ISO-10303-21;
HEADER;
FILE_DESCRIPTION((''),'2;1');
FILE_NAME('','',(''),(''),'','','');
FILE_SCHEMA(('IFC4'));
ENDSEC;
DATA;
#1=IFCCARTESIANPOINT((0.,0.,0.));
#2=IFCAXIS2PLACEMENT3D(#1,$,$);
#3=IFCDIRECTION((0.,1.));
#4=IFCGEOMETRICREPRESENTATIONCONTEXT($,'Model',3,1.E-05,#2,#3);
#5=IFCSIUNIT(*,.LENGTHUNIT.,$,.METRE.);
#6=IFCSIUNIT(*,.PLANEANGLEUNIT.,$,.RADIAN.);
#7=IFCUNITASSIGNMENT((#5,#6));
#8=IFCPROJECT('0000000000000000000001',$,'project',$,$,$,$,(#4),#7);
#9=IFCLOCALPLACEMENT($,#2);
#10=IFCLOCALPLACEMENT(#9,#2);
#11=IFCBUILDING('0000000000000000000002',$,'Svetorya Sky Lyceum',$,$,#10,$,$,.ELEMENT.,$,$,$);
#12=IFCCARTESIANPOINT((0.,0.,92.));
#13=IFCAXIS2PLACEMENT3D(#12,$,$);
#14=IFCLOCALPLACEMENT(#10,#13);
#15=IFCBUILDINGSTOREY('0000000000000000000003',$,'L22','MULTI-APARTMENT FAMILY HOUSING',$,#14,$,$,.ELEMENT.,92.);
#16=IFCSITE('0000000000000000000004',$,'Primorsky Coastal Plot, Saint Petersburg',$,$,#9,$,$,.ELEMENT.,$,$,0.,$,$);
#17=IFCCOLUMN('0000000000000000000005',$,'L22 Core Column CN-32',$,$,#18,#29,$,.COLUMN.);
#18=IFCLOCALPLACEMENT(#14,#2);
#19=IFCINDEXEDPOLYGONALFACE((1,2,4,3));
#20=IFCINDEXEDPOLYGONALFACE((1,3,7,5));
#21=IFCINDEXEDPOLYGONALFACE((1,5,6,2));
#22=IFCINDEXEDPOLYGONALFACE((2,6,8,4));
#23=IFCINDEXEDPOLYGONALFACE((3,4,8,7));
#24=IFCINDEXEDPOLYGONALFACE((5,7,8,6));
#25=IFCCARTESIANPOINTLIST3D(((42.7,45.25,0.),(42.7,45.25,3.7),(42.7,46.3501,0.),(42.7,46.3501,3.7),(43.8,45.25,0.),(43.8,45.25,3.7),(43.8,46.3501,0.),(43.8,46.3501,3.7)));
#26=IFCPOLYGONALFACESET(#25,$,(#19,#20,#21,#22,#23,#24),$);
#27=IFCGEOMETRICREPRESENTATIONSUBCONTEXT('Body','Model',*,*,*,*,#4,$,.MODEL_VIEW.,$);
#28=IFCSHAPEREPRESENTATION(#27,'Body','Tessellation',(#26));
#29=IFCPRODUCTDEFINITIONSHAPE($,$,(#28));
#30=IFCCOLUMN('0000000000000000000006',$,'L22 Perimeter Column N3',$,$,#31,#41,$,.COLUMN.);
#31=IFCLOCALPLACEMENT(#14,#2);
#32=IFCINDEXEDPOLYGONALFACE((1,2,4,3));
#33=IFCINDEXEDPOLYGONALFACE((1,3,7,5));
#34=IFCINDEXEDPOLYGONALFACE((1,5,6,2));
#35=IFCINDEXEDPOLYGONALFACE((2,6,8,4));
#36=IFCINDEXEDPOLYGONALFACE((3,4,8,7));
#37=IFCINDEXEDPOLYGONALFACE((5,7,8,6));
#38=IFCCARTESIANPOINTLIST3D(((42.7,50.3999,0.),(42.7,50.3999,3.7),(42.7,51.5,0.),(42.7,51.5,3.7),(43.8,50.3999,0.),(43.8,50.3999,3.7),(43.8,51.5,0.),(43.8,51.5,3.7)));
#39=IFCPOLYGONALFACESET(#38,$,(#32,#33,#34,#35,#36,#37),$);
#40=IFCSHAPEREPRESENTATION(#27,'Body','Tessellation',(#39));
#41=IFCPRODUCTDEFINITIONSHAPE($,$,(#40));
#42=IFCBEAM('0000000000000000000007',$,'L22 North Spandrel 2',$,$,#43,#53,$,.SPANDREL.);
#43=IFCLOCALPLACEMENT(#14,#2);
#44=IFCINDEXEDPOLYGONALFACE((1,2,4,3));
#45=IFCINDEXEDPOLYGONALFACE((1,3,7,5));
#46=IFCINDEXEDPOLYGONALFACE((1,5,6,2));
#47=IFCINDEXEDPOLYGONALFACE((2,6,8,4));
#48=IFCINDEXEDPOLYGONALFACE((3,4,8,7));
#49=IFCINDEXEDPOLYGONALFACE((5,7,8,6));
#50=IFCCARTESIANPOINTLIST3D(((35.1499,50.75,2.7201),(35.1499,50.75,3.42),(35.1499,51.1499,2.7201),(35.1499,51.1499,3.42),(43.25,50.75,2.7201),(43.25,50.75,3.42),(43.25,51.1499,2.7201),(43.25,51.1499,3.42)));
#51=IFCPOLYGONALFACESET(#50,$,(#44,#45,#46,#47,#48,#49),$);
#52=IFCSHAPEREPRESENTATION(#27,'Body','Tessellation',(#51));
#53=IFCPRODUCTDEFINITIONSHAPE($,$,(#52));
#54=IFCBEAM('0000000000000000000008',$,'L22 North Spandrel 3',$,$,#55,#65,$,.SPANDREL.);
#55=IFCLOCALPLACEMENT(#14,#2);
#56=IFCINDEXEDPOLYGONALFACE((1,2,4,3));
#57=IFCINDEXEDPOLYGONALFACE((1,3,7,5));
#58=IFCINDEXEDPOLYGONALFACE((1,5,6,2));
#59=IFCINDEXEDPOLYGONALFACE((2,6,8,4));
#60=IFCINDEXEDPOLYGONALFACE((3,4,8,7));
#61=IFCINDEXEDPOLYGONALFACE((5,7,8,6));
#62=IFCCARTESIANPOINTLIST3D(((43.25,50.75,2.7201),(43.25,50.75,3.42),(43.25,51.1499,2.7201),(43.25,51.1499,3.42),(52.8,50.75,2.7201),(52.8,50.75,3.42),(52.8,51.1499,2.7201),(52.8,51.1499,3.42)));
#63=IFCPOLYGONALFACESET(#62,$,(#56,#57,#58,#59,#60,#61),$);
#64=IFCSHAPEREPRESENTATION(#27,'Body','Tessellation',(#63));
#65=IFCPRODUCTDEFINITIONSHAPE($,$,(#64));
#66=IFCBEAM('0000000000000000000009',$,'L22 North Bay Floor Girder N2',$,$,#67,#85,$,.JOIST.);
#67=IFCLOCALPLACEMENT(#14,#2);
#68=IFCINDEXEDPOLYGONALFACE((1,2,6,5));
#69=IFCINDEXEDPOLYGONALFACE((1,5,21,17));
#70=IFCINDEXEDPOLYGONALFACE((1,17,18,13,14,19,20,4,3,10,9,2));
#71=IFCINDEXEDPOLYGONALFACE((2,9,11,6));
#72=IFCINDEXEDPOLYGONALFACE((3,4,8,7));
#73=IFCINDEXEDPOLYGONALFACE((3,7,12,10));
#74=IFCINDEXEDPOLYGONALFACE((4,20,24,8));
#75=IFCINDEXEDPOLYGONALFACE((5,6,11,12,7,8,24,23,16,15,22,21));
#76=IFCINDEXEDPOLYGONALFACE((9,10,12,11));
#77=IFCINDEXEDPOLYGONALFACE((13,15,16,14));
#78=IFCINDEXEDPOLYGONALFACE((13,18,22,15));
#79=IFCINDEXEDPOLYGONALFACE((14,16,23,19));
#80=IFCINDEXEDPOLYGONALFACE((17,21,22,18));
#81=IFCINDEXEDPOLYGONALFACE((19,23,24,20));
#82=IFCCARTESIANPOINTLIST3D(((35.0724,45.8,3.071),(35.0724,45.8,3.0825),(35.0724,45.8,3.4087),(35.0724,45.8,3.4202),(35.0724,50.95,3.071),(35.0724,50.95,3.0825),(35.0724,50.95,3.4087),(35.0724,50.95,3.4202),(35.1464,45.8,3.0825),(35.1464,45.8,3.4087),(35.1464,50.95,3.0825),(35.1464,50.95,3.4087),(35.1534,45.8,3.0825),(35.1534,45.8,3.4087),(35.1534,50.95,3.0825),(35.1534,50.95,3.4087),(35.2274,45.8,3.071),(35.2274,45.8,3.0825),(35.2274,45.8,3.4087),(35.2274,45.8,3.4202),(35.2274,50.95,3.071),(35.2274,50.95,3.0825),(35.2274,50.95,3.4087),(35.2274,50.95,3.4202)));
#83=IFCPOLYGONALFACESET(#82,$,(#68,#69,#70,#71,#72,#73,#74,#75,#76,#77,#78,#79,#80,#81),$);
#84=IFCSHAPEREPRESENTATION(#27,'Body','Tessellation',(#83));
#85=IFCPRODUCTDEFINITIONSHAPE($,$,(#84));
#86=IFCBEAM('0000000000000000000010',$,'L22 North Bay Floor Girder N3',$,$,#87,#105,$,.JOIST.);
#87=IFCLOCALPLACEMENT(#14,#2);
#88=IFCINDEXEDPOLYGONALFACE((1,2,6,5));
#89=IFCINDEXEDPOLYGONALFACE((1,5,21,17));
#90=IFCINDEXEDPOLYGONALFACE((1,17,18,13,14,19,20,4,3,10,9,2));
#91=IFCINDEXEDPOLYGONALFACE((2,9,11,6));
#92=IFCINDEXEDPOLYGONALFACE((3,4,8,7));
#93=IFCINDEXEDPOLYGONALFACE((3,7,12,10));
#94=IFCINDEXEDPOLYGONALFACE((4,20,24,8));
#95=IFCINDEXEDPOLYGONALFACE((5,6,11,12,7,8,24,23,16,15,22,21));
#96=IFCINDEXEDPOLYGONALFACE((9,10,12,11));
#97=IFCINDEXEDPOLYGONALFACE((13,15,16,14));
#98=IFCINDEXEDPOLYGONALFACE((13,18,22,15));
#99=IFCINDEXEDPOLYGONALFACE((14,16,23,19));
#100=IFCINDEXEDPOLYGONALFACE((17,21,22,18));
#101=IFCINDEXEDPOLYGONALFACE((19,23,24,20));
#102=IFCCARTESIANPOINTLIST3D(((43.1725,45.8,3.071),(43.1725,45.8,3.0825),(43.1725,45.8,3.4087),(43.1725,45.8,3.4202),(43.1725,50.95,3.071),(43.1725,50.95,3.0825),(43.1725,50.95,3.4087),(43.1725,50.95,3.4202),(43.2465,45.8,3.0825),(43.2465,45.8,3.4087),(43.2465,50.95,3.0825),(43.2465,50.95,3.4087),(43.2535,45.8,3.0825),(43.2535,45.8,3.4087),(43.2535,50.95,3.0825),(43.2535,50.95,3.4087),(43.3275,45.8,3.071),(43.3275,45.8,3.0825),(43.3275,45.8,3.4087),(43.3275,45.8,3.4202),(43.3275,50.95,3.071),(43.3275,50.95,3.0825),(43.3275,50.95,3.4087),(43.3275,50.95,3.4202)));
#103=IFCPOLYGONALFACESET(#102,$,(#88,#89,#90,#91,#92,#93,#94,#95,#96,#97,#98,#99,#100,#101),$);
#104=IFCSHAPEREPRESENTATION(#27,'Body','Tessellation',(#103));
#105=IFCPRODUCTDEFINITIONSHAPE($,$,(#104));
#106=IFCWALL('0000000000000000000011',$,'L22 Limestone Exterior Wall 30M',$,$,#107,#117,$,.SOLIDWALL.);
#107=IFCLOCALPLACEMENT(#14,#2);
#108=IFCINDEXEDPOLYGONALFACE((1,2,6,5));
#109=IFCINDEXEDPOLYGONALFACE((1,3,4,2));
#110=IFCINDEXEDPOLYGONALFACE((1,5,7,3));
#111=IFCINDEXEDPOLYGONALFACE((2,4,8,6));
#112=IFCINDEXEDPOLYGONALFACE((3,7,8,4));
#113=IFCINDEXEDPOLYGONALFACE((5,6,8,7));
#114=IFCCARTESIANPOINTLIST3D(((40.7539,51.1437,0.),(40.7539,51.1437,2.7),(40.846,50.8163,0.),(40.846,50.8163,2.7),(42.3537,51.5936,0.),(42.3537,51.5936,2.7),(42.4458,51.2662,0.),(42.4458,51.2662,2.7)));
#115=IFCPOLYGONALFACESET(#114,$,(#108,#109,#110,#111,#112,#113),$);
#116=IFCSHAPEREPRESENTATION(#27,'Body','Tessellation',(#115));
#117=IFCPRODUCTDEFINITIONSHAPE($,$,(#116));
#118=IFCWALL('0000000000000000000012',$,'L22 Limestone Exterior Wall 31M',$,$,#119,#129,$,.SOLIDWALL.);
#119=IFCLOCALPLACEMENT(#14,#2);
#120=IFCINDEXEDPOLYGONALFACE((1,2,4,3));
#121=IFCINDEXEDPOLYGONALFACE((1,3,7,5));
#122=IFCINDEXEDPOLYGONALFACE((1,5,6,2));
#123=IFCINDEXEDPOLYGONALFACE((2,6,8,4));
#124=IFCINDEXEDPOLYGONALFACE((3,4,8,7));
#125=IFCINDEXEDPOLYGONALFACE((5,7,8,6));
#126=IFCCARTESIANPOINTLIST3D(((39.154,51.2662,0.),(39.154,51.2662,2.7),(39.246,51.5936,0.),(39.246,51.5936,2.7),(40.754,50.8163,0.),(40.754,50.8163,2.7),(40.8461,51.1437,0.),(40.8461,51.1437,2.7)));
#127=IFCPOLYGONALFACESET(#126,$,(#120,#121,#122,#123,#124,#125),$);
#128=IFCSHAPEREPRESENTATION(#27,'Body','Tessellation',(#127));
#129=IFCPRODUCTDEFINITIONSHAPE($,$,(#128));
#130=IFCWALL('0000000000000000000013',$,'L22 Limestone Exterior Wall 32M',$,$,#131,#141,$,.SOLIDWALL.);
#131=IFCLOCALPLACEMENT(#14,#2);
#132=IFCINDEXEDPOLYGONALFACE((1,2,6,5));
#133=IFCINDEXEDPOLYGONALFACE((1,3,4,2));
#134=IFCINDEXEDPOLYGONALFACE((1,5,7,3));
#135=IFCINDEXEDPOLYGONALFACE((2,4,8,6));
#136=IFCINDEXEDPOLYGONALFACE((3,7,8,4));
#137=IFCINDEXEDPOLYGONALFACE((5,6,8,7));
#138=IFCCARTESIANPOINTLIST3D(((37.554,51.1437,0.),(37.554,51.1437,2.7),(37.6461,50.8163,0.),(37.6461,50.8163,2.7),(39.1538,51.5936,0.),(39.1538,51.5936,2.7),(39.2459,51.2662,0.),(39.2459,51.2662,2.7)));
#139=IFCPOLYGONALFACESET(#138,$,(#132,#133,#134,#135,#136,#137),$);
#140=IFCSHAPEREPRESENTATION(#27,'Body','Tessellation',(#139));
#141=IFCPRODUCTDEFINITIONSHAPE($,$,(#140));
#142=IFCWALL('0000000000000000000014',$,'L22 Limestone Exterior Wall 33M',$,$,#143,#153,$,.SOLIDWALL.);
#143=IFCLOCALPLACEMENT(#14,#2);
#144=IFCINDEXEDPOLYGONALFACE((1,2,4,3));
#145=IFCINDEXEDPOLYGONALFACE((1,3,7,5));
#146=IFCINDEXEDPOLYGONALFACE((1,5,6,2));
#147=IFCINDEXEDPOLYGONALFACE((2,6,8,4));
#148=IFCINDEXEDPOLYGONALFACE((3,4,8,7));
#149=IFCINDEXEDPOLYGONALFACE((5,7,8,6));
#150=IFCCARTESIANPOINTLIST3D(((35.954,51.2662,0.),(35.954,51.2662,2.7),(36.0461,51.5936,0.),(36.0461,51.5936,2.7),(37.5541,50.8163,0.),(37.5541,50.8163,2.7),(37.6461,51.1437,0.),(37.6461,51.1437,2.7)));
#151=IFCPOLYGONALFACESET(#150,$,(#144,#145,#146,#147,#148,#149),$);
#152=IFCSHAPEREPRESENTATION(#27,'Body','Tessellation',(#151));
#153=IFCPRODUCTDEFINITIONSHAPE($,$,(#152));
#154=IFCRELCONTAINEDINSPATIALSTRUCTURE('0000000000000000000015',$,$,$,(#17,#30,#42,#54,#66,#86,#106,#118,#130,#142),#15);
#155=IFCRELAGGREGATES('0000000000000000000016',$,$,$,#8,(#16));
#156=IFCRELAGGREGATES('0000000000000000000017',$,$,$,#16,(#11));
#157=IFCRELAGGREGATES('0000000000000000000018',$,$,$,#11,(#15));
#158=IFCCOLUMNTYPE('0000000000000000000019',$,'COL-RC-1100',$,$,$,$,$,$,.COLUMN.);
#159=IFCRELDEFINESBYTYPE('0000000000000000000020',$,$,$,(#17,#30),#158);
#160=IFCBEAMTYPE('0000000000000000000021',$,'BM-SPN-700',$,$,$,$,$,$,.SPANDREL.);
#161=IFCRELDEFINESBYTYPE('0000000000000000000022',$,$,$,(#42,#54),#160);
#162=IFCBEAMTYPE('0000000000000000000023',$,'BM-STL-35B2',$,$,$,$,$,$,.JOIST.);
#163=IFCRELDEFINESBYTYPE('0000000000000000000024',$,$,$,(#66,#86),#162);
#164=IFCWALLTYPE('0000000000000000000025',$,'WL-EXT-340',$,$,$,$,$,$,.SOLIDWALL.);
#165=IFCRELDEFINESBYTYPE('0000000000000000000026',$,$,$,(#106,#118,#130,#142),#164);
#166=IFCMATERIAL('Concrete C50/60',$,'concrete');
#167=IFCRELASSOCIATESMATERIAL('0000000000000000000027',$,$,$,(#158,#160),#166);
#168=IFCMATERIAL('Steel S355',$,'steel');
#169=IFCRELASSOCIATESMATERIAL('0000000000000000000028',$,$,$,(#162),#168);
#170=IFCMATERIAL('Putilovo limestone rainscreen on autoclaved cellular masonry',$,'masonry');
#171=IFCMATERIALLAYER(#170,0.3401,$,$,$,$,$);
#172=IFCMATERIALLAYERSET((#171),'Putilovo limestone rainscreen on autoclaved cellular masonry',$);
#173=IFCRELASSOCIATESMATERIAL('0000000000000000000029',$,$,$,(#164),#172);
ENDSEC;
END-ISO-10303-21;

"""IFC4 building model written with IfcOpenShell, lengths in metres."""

from ifc_helpers import new_model, si_unit, direction, frame, frame_2d, origin, origin_2d, place, context, subcontext, project, spatial, rectangle, i_section, extrude, material, layer, layer_set, material_profile, profile_set, type_object, element, save


model = new_model("IFC4")

# Units and contexts
model_context = context("Model", 3, precision=1e-05, world=origin(), true_north=direction((0.0, 1.0)))
body_context = subcontext(model_context, "Body", "Model", "MODEL_VIEW")
ifc_project = project(units=[si_unit("LENGTHUNIT", "METRE"), si_unit("PLANEANGLEUNIT", "RADIAN")], contexts=[model_context])

# Site, building, storey
site_placement = place(None, origin())
site = spatial("IfcSite", under=ifc_project, at=site_placement, Name="Primorsky Coastal Plot, Saint Petersburg", CompositionType="ELEMENT", RefElevation=0.0)
building_placement = place(site_placement, origin())
building = spatial("IfcBuilding", under=site, at=building_placement, Name="Svetorya Sky Lyceum", CompositionType="ELEMENT")
storey_placement = place(building_placement, frame((0.0, 0.0, 92.0)))
storey = spatial("IfcBuildingStorey", under=building, at=storey_placement, Name="L22", Description="MULTI-APARTMENT FAMILY HOUSING", CompositionType="ELEMENT", Elevation=92.0)

# Columns
ifc_material_1 = material(Name="Concrete C50/60", Category="concrete")
ifc_material_profile_1 = material_profile(ifc_material_1, rectangle(XDim=1.1001, YDim=1.1001, at=origin_2d()), Name="RC COL 1100x1100")
ifc_profile_set_1 = profile_set([ifc_material_profile_1], Name="Concrete C50/60")
column_type = type_object("IfcColumnType", Name="COL-RC-1100", PredefinedType="COLUMN", material=ifc_profile_set_1)
for number, where, z_axis, x_axis, name in (
    (1, (43.25, 45.8, 0.0), (0.0, 0.0, 1.0), (1.0, 0.0, 0.0), "L22 Core Column CN-32"),
    (2, (43.25, 50.95, 0.0), (0.0, 0.0, 1.0), (1.0, 0.0, 0.0), "L22 Perimeter Column N3"),
):
    element("IfcColumn", number, at=place(storey_placement, frame(where, z_axis=z_axis, x_axis=x_axis)), inside=storey, type_object=column_type, Name=name, PredefinedType="COLUMN", context=body_context, shape_type="SweptSolid", body=[
        extrude(rectangle(XDim=1.1001, YDim=1.1001, at=origin_2d()), origin(), (0.0, 0.0, 1.0), 3.7),
    ])

# Beams
ifc_material_profile_2 = material_profile(ifc_material_1, rectangle(XDim=0.3999, YDim=0.7, at=origin_2d()), Name="RC SPANDREL 400x700")
ifc_profile_set_2 = profile_set([ifc_material_profile_2], Name="Concrete C50/60")
beam_type_1 = type_object("IfcBeamType", Name="BM-SPN-700", PredefinedType="SPANDREL", material=ifc_profile_set_2)
beam_1_placement = place(storey_placement, frame((35.1499, 50.95, 3.0701), z_axis=(1.0, 0.0, 0.0), x_axis=(0.0, 1.0, 0.0)))
element("IfcBeam", 3, at=beam_1_placement, inside=storey, type_object=beam_type_1, Name="L22 North Spandrel 2", PredefinedType="SPANDREL", context=body_context, shape_type="SweptSolid", body=[
    extrude(rectangle(XDim=0.3999, YDim=0.7, at=origin_2d()), origin(), (0.0, 0.0, 1.0), 8.1001),
])
beam_2_placement = place(storey_placement, frame((43.25, 50.95, 3.0701), z_axis=(1.0, 0.0, 0.0), x_axis=(0.0, 1.0, 0.0)))
element("IfcBeam", 4, at=beam_2_placement, inside=storey, type_object=beam_type_1, Name="L22 North Spandrel 3", PredefinedType="SPANDREL", context=body_context, shape_type="SweptSolid", body=[
    extrude(rectangle(XDim=0.3999, YDim=0.7, at=origin_2d()), origin(), (0.0, 0.0, 1.0), 9.55),
])
ifc_material_2 = material(Name="Steel S355", Category="steel")
ifc_material_profile_3 = material_profile(ifc_material_2, i_section(OverallWidth=0.155, OverallDepth=0.3491, WebThickness=0.0071, FlangeThickness=0.0115, at=origin_2d()), Name="GOST 35B2")
ifc_profile_set_3 = profile_set([ifc_material_profile_3], Name="Steel S355")
beam_type_2 = type_object("IfcBeamType", Name="BM-STL-35B2", PredefinedType="JOIST", material=ifc_profile_set_3)
for number, where, z_axis, x_axis, name in (
    (5, (35.1499, 45.8, 3.2456), (0.0, 1.0, 0.0), (-1.0, 0.0, 0.0), "L22 North Bay Floor Girder N2"),
    (6, (43.25, 45.8, 3.2456), (0.0, 1.0, 0.0), (-1.0, 0.0, 0.0), "L22 North Bay Floor Girder N3"),
):
    element("IfcBeam", number, at=place(storey_placement, frame(where, z_axis=z_axis, x_axis=x_axis)), inside=storey, type_object=beam_type_2, Name=name, PredefinedType="JOIST", context=body_context, shape_type="SweptSolid", body=[
        extrude(i_section(OverallWidth=0.155, OverallDepth=0.3491, WebThickness=0.0071, FlangeThickness=0.0115, at=origin_2d()), origin(), (0.0, 0.0, 1.0), 5.1499),
    ])

# Walls
ifc_material_3 = material(Name="Putilovo limestone rainscreen on autoclaved cellular masonry", Category="masonry")
ifc_layer_1 = layer(ifc_material_3, 0.3401)
ifc_layer_set_1 = layer_set([ifc_layer_1], Name="Putilovo limestone rainscreen on autoclaved cellular masonry")
wall_type_1 = type_object("IfcWallType", Name="WL-EXT-340", PredefinedType="SOLIDWALL", material=ifc_layer_set_1)
wall_1_placement = place(storey_placement, frame((42.3999, 51.4299, 0.0), z_axis=(0.0, 0.0, 1.0), x_axis=(-0.962652, -0.270741, 0.0)))
element("IfcWall", 7, at=wall_1_placement, inside=storey, type_object=wall_type_1, Name="L22 Limestone Exterior Wall 30M", PredefinedType="SOLIDWALL", context=body_context, shape_type="SweptSolid", body=[
    extrude(rectangle(XDim=1.6619, YDim=0.3401, at=frame_2d((0.8311, 0.0))), origin(), (0.0, 0.0, 1.0), 2.7),
])
wall_2_placement = place(storey_placement, frame((40.8, 50.98, 0.0), z_axis=(0.0, 0.0, 1.0), x_axis=(-0.962663, 0.270703, 0.0)))
element("IfcWall", 8, at=wall_2_placement, inside=storey, type_object=wall_type_1, Name="L22 Limestone Exterior Wall 31M", PredefinedType="SOLIDWALL", context=body_context, shape_type="SweptSolid", body=[
    extrude(rectangle(XDim=1.6621, YDim=0.3401, at=frame_2d((0.8311, 0.0))), origin(), (0.0, 0.0, 1.0), 2.7),
])
wall_3_placement = place(storey_placement, frame((39.2, 51.4299, 0.0), z_axis=(0.0, 0.0, 1.0), x_axis=(-0.962652, -0.270741, 0.0)))
element("IfcWall", 9, at=wall_3_placement, inside=storey, type_object=wall_type_1, Name="L22 Limestone Exterior Wall 32M", PredefinedType="SOLIDWALL", context=body_context, shape_type="SweptSolid", body=[
    extrude(rectangle(XDim=1.6619, YDim=0.3401, at=frame_2d((0.8311, 0.0))), origin(), (0.0, 0.0, 1.0), 2.7),
])
wall_4_placement = place(storey_placement, frame((37.6001, 50.98, 0.0), z_axis=(0.0, 0.0, 1.0), x_axis=(-0.962663, 0.270703, 0.0)))
element("IfcWall", 10, at=wall_4_placement, inside=storey, type_object=wall_type_1, Name="L22 Limestone Exterior Wall 33M", PredefinedType="SOLIDWALL", context=body_context, shape_type="SweptSolid", body=[
    extrude(rectangle(XDim=1.6621, YDim=0.3401, at=frame_2d((0.8311, 0.0))), origin(), (0.0, 0.0, 1.0), 2.7),
])

save(model, "model.ifc")
